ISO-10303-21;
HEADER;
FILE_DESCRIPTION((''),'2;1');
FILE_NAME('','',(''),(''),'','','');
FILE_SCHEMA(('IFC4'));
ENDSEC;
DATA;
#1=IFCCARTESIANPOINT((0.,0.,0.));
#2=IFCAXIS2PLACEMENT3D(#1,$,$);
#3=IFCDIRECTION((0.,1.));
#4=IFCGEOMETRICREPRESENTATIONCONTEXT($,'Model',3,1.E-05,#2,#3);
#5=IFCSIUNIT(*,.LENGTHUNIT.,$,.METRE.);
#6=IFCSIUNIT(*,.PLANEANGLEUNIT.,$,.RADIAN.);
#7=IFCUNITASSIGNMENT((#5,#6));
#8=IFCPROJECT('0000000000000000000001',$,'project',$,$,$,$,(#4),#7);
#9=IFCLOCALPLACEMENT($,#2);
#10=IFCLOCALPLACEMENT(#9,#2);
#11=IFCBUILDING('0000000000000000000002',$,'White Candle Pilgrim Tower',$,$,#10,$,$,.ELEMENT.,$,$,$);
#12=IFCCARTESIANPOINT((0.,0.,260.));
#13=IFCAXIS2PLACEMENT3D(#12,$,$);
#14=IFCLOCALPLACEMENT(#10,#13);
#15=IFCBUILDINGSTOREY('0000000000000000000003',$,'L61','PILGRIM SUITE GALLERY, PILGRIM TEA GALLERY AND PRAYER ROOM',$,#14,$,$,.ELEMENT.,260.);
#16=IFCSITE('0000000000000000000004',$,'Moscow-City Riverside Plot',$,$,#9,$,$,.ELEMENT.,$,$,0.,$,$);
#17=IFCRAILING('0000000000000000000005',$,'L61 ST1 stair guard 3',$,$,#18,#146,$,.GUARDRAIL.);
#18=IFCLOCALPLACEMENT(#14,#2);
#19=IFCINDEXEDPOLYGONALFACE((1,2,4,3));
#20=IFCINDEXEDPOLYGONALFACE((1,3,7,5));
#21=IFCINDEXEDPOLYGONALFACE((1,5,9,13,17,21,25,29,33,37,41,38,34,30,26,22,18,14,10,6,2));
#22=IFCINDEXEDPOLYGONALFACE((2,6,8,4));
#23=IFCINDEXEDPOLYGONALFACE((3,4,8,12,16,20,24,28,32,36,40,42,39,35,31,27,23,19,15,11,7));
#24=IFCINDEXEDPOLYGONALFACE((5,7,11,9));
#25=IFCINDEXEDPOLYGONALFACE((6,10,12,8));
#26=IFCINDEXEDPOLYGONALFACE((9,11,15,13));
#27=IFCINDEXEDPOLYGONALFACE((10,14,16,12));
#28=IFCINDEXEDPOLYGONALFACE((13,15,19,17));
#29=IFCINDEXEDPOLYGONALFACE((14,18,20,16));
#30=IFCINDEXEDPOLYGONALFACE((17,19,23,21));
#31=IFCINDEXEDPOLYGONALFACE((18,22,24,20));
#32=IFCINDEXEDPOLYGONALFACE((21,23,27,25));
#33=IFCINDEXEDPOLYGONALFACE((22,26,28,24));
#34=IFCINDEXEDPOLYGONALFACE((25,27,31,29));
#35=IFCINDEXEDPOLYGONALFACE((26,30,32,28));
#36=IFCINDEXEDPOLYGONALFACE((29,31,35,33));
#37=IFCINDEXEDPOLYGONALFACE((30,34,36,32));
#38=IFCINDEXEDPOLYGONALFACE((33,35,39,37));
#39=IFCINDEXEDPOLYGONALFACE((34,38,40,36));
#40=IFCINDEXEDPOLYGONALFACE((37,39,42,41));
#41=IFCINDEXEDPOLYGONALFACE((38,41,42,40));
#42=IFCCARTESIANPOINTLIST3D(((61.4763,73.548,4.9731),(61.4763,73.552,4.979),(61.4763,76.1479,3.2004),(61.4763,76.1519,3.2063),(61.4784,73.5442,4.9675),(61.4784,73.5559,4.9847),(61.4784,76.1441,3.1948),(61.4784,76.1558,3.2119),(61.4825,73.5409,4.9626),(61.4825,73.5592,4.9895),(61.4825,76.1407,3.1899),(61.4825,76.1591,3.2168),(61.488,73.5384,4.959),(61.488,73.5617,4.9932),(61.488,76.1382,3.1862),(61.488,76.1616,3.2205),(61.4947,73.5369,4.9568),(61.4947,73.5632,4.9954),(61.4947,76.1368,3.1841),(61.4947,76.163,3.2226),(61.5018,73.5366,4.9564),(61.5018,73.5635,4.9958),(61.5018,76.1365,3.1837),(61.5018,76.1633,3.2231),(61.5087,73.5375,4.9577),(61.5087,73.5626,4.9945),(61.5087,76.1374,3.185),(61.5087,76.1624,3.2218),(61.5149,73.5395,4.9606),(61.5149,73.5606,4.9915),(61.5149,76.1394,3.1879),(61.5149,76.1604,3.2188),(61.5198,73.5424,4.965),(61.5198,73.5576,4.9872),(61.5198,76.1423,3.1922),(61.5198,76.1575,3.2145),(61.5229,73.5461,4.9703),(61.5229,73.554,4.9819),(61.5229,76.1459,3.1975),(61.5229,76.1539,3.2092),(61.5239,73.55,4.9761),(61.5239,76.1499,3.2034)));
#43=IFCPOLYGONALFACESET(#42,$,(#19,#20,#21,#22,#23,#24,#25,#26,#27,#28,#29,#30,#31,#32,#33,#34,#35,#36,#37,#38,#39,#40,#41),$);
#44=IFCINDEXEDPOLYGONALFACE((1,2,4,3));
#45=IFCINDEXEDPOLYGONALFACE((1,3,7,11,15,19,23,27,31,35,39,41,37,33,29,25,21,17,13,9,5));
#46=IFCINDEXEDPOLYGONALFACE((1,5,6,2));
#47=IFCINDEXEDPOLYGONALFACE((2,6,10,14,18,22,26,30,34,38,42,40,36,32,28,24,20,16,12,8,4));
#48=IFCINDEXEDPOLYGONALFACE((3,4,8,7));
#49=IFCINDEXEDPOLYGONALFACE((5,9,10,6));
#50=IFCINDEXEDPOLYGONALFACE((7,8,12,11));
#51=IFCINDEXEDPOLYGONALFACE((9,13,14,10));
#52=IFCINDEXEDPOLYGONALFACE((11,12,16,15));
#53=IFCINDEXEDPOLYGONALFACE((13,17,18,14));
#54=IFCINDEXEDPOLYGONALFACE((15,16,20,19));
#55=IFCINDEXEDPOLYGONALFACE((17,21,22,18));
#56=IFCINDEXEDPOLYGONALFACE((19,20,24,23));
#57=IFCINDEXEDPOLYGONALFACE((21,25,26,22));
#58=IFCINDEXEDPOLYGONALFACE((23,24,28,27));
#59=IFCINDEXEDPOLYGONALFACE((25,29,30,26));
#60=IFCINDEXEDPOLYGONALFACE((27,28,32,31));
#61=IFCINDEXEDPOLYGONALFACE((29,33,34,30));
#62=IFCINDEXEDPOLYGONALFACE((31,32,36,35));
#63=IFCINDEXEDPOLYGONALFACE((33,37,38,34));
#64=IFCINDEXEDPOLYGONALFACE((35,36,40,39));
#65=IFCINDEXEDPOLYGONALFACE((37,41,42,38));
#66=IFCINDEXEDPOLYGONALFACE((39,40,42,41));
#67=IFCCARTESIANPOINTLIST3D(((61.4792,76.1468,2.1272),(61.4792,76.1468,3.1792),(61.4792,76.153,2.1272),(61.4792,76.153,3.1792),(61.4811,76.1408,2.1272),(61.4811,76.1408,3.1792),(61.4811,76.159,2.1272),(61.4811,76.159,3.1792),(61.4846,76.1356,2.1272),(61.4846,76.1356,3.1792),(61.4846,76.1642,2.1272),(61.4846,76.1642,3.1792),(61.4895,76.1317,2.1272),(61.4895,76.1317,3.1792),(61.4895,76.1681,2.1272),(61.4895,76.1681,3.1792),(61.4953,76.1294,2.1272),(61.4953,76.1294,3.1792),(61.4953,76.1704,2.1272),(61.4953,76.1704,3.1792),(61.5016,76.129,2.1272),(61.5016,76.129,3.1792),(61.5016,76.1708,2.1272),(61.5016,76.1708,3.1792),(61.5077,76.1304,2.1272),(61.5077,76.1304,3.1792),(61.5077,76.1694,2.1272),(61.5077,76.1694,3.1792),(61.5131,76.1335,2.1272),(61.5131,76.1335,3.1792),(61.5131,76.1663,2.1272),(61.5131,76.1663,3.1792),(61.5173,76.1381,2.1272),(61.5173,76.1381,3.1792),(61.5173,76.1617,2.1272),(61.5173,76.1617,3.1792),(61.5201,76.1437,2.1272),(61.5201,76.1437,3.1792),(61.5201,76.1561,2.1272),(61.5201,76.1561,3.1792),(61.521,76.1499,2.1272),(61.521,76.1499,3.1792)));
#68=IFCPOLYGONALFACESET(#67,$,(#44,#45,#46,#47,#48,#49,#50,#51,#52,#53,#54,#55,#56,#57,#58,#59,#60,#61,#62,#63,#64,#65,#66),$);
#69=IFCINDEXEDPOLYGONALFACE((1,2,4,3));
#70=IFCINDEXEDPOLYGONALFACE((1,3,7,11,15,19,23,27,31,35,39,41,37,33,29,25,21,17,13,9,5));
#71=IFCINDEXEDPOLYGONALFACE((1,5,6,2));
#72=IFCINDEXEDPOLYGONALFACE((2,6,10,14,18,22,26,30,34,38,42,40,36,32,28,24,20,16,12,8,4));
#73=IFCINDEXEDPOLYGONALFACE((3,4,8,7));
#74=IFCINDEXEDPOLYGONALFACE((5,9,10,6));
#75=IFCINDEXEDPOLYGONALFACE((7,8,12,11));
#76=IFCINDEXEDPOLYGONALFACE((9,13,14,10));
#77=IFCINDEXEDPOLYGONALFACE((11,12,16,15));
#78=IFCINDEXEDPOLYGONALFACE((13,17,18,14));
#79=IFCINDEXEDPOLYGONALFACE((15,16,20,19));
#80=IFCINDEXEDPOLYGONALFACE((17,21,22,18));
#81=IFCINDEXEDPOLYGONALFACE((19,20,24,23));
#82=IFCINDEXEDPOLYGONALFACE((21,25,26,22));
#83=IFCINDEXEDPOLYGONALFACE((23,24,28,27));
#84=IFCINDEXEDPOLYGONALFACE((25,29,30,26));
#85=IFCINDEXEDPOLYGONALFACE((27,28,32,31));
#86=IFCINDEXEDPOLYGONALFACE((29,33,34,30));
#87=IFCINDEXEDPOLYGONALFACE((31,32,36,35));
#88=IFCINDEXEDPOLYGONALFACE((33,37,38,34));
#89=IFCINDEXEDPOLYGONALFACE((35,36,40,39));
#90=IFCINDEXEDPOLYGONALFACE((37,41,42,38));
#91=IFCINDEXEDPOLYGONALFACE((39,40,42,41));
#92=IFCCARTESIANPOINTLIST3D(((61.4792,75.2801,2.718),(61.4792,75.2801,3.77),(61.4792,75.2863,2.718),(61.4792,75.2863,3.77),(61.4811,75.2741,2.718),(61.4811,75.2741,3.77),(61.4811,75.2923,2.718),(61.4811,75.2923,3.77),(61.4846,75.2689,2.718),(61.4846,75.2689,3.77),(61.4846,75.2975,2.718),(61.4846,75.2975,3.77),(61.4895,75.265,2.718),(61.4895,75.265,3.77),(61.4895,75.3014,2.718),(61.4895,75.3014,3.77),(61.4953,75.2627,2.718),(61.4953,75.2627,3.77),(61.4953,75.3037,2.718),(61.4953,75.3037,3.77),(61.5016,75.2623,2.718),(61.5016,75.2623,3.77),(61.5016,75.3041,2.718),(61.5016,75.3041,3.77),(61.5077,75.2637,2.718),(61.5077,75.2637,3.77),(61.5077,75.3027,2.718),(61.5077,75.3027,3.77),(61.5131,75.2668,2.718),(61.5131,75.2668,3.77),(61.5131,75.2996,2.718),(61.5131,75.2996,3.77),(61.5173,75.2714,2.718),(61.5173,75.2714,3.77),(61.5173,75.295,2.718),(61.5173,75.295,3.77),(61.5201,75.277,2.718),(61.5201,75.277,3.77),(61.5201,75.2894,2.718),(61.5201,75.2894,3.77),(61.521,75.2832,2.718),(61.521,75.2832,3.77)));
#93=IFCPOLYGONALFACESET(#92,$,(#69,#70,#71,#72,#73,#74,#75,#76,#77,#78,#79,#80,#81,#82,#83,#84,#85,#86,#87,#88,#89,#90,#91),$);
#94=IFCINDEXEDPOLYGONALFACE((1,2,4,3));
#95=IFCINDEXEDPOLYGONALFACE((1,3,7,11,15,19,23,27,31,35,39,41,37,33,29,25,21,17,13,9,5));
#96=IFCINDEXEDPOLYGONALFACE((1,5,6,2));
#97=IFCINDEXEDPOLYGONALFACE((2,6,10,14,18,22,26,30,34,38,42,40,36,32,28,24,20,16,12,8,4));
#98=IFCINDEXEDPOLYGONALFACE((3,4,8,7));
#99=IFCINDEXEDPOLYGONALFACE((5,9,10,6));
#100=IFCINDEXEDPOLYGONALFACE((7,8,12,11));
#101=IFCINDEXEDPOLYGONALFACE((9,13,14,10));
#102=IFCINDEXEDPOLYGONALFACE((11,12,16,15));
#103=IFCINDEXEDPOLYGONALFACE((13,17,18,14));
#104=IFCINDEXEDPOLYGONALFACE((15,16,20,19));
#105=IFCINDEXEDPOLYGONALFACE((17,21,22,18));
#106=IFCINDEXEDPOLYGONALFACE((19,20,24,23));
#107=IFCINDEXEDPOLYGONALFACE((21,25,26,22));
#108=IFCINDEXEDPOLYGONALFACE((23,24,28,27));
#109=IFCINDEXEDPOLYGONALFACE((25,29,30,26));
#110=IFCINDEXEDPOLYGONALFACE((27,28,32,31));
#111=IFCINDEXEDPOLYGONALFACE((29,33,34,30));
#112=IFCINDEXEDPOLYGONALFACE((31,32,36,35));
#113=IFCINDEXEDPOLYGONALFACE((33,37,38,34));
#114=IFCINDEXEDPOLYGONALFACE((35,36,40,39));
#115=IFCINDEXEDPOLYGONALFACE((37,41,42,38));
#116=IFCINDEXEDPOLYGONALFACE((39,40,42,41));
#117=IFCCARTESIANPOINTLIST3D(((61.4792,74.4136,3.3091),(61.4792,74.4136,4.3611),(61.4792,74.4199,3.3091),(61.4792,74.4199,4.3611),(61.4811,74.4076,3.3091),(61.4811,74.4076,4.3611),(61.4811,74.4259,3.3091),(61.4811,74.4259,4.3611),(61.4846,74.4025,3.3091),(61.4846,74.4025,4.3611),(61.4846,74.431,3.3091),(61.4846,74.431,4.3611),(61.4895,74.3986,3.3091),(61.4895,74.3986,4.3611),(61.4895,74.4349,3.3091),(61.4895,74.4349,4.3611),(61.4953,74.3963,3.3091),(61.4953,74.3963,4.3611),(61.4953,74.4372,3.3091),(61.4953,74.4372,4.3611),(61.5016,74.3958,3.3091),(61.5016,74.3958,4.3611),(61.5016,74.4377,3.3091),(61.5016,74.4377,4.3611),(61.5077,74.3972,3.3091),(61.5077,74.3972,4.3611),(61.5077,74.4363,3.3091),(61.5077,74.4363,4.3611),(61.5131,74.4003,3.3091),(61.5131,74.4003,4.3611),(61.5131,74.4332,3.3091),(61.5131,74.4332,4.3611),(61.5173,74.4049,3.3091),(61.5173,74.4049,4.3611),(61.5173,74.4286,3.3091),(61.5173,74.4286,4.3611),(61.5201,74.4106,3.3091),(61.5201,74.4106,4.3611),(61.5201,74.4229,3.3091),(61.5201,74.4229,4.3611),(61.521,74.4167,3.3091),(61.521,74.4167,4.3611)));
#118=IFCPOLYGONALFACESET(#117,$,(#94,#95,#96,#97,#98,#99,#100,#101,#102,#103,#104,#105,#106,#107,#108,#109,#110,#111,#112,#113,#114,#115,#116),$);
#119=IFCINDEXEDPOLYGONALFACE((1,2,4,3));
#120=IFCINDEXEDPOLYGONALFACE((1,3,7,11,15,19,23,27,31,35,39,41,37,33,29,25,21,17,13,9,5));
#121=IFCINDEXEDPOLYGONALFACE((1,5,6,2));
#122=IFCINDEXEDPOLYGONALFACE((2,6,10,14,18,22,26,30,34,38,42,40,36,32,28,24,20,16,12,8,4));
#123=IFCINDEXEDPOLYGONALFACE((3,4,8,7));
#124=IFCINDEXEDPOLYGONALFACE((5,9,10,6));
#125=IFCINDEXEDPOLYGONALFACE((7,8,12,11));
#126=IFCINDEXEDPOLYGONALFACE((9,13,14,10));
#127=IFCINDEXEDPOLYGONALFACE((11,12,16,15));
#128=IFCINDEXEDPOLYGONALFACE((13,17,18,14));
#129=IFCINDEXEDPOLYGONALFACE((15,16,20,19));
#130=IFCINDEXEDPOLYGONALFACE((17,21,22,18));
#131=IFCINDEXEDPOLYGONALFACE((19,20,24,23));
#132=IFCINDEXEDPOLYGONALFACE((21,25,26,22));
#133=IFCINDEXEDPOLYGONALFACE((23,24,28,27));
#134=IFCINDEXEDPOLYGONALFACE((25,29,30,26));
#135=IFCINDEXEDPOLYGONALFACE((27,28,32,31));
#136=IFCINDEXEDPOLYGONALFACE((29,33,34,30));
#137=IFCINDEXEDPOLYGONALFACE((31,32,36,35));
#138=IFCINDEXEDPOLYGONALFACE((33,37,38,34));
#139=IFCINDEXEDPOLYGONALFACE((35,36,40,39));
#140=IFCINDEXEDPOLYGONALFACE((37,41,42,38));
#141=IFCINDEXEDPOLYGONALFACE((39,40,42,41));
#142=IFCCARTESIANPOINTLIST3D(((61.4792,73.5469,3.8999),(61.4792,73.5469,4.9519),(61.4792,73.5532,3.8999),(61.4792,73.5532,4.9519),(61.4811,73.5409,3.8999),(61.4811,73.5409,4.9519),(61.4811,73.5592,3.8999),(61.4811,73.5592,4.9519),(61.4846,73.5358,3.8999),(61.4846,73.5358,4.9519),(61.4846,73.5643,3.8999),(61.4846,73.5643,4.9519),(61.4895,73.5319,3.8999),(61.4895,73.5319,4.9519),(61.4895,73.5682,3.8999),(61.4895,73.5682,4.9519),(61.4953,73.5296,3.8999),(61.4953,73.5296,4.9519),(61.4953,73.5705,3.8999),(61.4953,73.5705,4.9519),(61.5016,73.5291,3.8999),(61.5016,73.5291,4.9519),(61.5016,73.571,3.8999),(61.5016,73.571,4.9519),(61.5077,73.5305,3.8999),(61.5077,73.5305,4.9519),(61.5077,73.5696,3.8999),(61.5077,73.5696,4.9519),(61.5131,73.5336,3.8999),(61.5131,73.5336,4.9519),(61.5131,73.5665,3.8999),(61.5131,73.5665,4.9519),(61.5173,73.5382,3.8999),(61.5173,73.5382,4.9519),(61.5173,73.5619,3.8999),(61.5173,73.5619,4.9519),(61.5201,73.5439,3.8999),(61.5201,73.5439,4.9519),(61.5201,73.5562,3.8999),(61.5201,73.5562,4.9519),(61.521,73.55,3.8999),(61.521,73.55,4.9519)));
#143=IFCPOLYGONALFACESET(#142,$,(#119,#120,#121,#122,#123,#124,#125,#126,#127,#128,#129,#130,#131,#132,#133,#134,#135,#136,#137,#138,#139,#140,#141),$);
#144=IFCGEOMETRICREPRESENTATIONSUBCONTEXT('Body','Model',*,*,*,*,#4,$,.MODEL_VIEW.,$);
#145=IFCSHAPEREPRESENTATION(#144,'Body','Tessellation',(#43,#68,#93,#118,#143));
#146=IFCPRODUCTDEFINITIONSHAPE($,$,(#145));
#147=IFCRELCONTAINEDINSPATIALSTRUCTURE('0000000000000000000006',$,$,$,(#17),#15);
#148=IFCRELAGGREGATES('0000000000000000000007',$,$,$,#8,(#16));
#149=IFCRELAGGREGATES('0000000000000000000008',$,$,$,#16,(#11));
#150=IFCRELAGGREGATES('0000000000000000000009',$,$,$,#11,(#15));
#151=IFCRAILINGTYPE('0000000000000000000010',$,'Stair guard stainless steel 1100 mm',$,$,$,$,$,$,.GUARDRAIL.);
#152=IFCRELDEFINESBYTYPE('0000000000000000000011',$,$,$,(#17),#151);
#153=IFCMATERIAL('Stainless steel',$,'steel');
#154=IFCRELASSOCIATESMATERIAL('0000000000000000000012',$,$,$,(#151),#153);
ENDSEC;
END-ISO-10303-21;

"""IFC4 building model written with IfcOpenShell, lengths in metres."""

from ifc_helpers import new_model, si_unit, direction, frame, origin, origin_2d, place, context, subcontext, project, spatial, circle, extrude, material, type_object, element, save


model = new_model("IFC4")

# Units and contexts
model_context = context("Model", 3, precision=1e-05, world=origin(), true_north=direction((0.0, 1.0)))
body_context = subcontext(model_context, "Body", "Model", "MODEL_VIEW")
ifc_project = project(units=[si_unit("LENGTHUNIT", "METRE"), si_unit("PLANEANGLEUNIT", "RADIAN")], contexts=[model_context])

# Site, building, storey
site_placement = place(None, origin())
site = spatial("IfcSite", under=ifc_project, at=site_placement, Name="Moscow-City Riverside Plot", CompositionType="ELEMENT", RefElevation=0.0)
building_placement = place(site_placement, origin())
building = spatial("IfcBuilding", under=site, at=building_placement, Name="White Candle Pilgrim Tower", CompositionType="ELEMENT")
storey_placement = place(building_placement, frame((0.0, 0.0, 260.0)))
storey = spatial("IfcBuildingStorey", under=building, at=storey_placement, Name="L61", Description="PILGRIM SUITE GALLERY, PILGRIM TEA GALLERY AND PRAYER ROOM", CompositionType="ELEMENT", Elevation=260.0)

# Shared definitions
ifc_material_1 = material(Name="Stainless steel", Category="steel")

# Railing
railing_type_1 = type_object("IfcRailingType", Name="Stair guard stainless steel 1100 mm", PredefinedType="GUARDRAIL", material=ifc_material_1)
railing_1_placement = place(storey_placement, frame((61.5, 76.1499, 2.1272)))
element("IfcRailing", 1, at=railing_1_placement, inside=storey, type_object=railing_type_1, Name="L61 ST1 stair guard 3", PredefinedType="GUARDRAIL", context=body_context, shape_type="SweptSolid", body=[
    extrude(circle(Radius=0.0239, at=origin_2d()), frame((0.0, 0.0, 1.0762), z_axis=(0.0, -0.826216, 0.563354), x_axis=(1.0, 0.0, 0.0)), (0.0, 0.0, 1.0), 3.1467),
    extrude(circle(Radius=0.021, at=origin_2d()), origin(), (0.0, 0.0, 1.0), 1.052),
    extrude(circle(Radius=0.021, at=origin_2d()), frame((0.0, -0.8667, 0.5908)), (0.0, 0.0, 1.0), 1.052),
    extrude(circle(Radius=0.021, at=origin_2d()), frame((0.0, -1.7332, 1.1819)), (0.0, 0.0, 1.0), 1.052),
    extrude(circle(Radius=0.021, at=origin_2d()), frame((0.0, -2.5999, 1.7727)), (0.0, 0.0, 1.0), 1.052),
])

save(model, "model.ifc")
